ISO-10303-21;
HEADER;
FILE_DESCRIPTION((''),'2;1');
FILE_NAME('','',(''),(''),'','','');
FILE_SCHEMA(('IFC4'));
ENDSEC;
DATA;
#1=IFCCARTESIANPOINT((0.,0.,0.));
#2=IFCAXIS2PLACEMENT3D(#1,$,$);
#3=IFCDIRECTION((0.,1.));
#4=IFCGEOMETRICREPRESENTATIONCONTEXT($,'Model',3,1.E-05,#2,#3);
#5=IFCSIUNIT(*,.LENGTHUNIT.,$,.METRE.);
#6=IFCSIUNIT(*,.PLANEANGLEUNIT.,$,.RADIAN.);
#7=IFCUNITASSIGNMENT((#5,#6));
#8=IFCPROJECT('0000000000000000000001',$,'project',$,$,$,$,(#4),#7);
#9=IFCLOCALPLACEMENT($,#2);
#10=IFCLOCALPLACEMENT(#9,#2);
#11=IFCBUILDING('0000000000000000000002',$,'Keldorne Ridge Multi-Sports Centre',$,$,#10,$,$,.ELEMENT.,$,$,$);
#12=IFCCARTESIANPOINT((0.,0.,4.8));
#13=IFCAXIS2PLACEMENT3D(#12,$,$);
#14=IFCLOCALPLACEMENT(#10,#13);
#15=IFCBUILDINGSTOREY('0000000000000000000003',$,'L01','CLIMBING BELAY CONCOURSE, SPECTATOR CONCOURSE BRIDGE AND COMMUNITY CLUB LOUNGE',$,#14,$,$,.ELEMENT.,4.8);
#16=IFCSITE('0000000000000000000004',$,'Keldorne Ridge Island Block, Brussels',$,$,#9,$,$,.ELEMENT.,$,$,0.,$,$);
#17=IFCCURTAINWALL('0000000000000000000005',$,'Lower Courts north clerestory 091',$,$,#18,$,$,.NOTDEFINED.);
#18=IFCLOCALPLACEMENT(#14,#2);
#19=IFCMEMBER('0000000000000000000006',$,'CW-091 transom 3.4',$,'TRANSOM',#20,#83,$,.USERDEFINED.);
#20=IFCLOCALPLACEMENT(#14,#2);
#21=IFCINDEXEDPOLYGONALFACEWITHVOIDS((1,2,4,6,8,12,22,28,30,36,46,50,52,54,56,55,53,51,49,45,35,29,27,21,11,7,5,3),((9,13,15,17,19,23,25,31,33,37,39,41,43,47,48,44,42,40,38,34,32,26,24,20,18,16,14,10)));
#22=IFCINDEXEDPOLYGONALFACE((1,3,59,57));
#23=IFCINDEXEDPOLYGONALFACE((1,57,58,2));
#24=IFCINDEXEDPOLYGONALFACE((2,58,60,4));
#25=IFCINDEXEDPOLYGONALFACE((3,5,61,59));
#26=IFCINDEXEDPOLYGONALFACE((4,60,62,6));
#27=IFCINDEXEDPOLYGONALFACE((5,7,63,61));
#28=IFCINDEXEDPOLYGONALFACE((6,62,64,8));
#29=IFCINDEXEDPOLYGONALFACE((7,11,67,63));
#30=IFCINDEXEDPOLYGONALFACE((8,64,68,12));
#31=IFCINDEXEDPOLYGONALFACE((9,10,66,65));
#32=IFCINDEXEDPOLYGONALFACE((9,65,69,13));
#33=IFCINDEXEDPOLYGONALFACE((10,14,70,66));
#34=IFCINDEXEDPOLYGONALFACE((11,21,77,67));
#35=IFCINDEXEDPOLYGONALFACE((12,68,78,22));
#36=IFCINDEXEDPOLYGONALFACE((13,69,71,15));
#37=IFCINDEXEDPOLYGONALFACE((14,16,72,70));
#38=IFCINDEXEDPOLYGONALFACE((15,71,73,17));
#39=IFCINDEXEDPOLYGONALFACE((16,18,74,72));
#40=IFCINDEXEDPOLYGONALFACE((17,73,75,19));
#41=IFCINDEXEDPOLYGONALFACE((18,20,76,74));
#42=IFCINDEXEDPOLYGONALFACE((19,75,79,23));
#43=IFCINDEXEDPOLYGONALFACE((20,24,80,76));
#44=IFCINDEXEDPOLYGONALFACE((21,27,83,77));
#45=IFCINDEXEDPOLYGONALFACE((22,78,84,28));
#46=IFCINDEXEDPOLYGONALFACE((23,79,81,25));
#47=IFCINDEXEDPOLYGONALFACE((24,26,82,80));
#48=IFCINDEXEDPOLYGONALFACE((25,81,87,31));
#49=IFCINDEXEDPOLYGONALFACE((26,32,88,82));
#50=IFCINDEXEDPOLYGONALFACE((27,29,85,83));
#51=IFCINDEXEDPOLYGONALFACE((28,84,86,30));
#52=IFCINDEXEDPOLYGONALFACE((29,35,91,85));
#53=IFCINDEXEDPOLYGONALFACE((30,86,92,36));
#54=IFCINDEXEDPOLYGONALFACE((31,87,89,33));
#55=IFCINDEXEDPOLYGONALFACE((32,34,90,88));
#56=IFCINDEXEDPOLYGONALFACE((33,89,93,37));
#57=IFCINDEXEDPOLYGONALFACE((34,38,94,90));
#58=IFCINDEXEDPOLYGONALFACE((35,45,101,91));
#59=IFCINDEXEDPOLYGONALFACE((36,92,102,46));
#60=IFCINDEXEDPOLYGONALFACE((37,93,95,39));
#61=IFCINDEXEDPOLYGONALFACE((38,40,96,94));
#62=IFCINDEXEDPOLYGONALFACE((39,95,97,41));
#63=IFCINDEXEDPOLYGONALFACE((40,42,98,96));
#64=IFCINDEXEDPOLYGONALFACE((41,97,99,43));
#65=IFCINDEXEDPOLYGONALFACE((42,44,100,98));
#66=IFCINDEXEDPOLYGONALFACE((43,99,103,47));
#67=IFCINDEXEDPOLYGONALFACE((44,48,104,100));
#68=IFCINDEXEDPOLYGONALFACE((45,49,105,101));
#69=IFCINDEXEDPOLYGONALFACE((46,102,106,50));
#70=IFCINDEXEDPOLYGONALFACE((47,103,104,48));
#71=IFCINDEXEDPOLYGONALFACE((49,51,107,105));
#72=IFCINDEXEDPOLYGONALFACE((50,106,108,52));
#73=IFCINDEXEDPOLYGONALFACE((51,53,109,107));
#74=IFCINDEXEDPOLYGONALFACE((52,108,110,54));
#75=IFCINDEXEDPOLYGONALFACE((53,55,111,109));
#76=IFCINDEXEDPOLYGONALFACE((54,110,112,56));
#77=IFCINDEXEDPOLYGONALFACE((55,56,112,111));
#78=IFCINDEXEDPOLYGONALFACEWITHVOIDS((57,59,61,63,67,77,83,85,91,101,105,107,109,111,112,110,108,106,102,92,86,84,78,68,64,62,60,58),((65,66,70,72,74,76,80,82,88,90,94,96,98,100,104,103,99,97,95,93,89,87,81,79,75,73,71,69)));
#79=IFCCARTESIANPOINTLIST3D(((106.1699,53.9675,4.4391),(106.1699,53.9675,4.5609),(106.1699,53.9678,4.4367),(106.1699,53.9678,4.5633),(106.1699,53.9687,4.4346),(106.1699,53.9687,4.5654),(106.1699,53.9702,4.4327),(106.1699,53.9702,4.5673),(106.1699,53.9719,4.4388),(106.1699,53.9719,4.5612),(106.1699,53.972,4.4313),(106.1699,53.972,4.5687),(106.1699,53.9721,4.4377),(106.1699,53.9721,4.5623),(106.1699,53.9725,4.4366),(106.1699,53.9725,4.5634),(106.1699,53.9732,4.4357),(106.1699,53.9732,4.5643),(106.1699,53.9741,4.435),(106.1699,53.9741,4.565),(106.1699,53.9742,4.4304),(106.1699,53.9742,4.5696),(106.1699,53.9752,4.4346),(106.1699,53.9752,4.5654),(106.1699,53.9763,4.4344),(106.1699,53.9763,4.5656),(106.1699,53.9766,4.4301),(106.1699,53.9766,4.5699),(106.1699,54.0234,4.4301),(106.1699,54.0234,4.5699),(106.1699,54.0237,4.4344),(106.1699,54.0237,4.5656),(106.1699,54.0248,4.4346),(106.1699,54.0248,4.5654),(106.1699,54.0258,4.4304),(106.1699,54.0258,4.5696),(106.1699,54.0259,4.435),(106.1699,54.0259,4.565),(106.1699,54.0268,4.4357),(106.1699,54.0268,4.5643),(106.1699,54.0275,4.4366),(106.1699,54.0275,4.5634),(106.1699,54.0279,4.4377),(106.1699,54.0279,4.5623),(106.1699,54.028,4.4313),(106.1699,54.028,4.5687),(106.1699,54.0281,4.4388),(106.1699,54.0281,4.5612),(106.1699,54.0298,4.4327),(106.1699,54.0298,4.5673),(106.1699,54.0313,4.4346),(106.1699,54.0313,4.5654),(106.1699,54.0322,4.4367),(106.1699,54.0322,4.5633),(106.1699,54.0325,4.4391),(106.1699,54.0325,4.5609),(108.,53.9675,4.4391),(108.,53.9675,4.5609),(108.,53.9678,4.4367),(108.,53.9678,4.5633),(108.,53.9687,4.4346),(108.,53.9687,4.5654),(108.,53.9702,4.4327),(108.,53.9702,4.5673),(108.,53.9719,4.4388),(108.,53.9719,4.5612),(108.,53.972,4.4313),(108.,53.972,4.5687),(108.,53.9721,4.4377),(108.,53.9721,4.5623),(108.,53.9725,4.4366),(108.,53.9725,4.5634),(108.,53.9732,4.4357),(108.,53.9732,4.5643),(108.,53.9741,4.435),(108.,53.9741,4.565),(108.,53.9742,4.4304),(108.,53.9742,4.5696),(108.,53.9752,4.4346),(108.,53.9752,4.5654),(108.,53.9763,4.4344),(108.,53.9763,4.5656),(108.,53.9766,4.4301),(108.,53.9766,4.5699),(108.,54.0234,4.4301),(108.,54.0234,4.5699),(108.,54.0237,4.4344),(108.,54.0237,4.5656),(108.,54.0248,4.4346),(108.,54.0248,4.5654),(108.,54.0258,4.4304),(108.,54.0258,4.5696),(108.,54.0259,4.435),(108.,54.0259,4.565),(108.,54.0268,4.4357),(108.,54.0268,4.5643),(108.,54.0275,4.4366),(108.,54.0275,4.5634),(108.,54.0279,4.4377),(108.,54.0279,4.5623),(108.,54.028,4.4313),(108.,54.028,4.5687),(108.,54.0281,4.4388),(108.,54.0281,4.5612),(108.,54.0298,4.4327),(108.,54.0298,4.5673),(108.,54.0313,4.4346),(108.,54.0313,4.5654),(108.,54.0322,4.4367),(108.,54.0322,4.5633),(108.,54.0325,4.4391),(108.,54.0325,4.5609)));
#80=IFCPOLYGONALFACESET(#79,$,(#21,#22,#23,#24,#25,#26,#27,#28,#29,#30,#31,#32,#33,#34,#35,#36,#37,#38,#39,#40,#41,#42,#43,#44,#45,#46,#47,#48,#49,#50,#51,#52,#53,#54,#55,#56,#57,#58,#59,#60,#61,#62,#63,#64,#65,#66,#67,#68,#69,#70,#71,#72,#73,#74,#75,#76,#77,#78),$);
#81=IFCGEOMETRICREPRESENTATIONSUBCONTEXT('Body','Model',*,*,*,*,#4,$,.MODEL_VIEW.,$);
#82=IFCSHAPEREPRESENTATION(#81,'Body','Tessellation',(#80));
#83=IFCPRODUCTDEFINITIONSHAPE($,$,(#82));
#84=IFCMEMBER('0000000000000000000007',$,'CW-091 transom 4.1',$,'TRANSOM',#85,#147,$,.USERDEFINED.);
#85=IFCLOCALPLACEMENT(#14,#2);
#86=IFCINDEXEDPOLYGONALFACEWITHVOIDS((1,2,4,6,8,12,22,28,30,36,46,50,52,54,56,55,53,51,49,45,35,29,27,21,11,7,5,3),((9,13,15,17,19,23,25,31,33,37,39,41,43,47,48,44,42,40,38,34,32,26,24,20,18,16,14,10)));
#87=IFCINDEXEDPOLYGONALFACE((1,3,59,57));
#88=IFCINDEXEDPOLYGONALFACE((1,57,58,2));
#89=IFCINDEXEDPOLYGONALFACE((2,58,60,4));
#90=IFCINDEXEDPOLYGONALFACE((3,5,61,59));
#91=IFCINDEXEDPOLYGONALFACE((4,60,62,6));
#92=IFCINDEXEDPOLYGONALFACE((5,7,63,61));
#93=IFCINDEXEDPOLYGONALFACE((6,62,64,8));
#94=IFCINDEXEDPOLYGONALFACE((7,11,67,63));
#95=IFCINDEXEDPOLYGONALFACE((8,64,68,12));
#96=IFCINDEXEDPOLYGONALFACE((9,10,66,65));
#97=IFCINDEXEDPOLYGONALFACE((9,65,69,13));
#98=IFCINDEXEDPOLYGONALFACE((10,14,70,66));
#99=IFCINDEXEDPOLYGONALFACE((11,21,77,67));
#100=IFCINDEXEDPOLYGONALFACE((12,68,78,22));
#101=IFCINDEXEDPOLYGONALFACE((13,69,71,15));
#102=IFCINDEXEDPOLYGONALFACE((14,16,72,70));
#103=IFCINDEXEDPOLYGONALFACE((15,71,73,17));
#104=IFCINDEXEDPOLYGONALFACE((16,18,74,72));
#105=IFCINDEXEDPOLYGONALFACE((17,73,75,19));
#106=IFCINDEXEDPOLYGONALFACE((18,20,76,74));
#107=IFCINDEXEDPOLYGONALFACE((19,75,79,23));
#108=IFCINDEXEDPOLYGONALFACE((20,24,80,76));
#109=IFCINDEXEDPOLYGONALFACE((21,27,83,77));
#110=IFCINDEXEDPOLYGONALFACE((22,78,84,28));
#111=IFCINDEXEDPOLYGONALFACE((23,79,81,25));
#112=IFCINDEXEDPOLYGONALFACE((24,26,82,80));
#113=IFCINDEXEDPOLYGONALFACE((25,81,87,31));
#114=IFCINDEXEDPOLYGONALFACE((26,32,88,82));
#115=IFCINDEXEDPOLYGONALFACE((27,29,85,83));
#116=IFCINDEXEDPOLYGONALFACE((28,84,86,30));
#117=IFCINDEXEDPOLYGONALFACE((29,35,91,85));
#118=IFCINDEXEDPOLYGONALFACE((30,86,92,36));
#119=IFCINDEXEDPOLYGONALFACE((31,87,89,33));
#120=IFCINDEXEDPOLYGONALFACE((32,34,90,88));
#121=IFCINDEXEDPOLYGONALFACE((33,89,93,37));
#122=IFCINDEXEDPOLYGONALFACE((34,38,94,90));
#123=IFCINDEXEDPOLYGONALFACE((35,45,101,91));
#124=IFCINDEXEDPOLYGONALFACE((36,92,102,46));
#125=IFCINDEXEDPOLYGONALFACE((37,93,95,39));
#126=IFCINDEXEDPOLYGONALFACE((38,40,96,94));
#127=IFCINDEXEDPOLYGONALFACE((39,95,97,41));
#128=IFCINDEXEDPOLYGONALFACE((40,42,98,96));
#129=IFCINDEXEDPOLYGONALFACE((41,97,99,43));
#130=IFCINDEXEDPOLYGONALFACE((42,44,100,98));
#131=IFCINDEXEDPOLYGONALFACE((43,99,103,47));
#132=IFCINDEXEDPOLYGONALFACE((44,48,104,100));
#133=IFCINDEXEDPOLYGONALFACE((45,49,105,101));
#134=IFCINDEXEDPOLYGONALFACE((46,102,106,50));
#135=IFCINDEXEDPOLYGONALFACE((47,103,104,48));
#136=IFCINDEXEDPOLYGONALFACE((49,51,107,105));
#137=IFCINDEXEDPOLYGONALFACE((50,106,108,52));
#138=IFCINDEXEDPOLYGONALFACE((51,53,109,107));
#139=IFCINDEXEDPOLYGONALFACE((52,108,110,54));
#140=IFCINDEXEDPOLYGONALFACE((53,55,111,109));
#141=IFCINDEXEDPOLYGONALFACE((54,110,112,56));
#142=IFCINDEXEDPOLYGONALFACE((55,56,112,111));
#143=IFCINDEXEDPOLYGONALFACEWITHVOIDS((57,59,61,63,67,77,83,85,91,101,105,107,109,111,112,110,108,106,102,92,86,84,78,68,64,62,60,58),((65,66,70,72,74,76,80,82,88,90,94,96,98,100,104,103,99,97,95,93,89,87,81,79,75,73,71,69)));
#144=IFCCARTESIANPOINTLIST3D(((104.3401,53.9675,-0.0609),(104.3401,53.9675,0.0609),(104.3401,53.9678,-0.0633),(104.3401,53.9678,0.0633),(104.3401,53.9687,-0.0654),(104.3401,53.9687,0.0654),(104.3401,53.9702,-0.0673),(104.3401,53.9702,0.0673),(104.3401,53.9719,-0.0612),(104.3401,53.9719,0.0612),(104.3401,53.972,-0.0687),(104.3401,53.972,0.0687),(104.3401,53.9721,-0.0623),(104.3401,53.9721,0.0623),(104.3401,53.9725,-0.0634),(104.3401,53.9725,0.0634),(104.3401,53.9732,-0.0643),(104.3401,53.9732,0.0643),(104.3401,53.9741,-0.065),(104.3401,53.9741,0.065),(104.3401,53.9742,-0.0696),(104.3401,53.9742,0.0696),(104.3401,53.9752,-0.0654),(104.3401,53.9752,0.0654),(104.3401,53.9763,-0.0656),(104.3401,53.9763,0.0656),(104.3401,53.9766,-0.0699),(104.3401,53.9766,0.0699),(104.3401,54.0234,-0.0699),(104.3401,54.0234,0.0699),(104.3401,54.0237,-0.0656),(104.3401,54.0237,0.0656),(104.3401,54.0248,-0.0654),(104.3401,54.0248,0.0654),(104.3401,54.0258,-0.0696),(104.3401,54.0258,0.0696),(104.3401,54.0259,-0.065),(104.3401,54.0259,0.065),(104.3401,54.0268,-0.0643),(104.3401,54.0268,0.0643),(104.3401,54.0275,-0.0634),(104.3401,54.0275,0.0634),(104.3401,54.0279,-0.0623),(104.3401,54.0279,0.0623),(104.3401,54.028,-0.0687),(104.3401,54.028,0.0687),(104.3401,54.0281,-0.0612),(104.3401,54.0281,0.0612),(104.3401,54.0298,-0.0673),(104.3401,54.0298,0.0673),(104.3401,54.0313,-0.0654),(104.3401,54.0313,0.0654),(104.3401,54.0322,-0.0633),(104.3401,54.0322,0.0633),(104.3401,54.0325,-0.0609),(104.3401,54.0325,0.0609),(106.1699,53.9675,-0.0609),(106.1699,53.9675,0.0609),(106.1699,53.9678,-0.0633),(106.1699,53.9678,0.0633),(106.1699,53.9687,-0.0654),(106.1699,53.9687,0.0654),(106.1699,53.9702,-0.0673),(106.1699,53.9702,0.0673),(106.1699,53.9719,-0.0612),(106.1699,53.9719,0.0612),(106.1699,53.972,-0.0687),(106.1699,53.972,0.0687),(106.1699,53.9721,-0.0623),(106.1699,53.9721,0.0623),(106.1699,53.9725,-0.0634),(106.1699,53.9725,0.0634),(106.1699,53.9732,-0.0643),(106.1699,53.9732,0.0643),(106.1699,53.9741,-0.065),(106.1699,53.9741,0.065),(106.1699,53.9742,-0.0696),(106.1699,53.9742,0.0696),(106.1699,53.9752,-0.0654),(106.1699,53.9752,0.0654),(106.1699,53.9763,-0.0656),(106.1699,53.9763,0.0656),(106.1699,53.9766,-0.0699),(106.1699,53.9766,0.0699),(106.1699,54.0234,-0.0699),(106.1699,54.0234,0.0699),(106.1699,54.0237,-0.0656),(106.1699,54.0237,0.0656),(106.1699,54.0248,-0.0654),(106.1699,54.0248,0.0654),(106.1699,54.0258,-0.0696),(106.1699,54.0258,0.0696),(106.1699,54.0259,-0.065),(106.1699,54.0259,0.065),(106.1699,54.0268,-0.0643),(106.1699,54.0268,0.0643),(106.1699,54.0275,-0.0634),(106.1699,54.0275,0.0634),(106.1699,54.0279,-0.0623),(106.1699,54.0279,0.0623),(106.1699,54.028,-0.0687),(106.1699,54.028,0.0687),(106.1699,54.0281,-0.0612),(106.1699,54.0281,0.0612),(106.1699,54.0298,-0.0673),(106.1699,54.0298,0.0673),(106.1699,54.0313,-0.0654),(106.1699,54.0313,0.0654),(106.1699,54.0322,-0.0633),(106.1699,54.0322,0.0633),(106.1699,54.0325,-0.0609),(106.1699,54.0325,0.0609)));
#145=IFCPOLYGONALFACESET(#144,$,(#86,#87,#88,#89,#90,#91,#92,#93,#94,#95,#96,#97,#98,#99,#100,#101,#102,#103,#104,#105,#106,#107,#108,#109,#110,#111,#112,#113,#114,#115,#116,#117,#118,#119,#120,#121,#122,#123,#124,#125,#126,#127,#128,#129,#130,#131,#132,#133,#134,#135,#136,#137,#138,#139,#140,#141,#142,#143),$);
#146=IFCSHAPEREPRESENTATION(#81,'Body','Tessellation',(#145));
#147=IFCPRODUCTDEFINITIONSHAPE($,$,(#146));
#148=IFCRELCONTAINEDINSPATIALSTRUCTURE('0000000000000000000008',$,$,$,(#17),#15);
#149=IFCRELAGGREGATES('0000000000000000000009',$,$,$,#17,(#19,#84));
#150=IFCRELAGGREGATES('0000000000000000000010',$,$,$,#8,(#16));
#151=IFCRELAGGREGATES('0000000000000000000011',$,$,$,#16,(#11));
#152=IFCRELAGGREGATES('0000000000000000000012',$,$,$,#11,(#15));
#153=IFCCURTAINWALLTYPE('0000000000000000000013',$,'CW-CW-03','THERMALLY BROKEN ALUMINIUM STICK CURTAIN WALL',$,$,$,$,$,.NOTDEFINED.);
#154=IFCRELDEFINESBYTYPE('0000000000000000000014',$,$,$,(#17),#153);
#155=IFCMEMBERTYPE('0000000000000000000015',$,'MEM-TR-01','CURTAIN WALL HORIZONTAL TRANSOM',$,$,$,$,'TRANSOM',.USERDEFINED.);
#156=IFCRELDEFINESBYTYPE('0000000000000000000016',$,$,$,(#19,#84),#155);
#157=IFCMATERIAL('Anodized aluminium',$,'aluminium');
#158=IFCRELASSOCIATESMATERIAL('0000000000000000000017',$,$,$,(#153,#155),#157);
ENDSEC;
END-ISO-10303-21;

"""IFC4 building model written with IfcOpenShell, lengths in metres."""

from ifc_helpers import new_model, si_unit, direction, frame, origin, origin_2d, place, context, subcontext, project, spatial, hollow_rectangle, extrude, material, material_profile, profile_set, type_object, element, aggregate, save


model = new_model("IFC4")

# Units and contexts
model_context = context("Model", 3, precision=1e-05, world=origin(), true_north=direction((0.0, 1.0)))
body_context = subcontext(model_context, "Body", "Model", "MODEL_VIEW")
ifc_project = project(units=[si_unit("LENGTHUNIT", "METRE"), si_unit("PLANEANGLEUNIT", "RADIAN")], contexts=[model_context])

# Site, building, storey
site_placement = place(None, origin())
site = spatial("IfcSite", under=ifc_project, at=site_placement, Name="Keldorne Ridge Island Block, Brussels", CompositionType="ELEMENT", RefElevation=0.0)
building_placement = place(site_placement, origin())
building = spatial("IfcBuilding", under=site, at=building_placement, Name="Keldorne Ridge Multi-Sports Centre", CompositionType="ELEMENT")
storey_placement = place(building_placement, frame((0.0, 0.0, 4.8)))
storey = spatial("IfcBuildingStorey", under=building, at=storey_placement, Name="L01", Description="CLIMBING BELAY CONCOURSE, SPECTATOR CONCOURSE BRIDGE AND COMMUNITY CLUB LOUNGE", CompositionType="ELEMENT", Elevation=4.8)

# Curtain wall, members
ifc_material_1 = material(Name="Anodized aluminium", Category="aluminium")
curtain_wall_type = type_object("IfcCurtainWallType", Name="CW-CW-03", Description="THERMALLY BROKEN ALUMINIUM STICK CURTAIN WALL", PredefinedType="NOTDEFINED", material=ifc_material_1)
curtain_wall_placement = place(storey_placement, origin())
curtain_wall = element("IfcCurtainWall", 1, at=curtain_wall_placement, inside=storey, type_object=curtain_wall_type, Name="Lower Courts north clerestory 091", PredefinedType="NOTDEFINED")
ifc_material_profile_1 = material_profile(ifc_material_1, hollow_rectangle(XDim=0.0649, YDim=0.1399, WallThickness=0.0044, InnerFilletRadius=0.0044, OuterFilletRadius=0.009, at=origin_2d()), Name="ALU TRANSOM 140x65x4.5")
ifc_profile_set_1 = profile_set([ifc_material_profile_1], Name="Anodized aluminium")
member_type_1 = type_object("IfcMemberType", Name="MEM-TR-01", Description="CURTAIN WALL HORIZONTAL TRANSOM", ElementType="TRANSOM", PredefinedType="USERDEFINED", material=ifc_profile_set_1)
member_1_placement = place(storey_placement, frame((108.0, 54.0, 4.5), z_axis=(-1.0, 0.0, 0.0), x_axis=(0.0, -1.0, 0.0)))
member_1 = element("IfcMember", 2, at=member_1_placement, type_object=member_type_1, Name="CW-091 transom 3.4", ObjectType="TRANSOM", PredefinedType="USERDEFINED", context=body_context, shape_type="SweptSolid", body=[
    extrude(hollow_rectangle(XDim=0.0649, YDim=0.1399, WallThickness=0.0044, InnerFilletRadius=0.0044, OuterFilletRadius=0.009, at=origin_2d()), origin(), (0.0, 0.0, 1.0), 1.8301),
])
member_2_placement = place(storey_placement, frame((106.1699, 54.0, 0.0), z_axis=(-1.0, 0.0, 0.0), x_axis=(0.0, -1.0, 0.0)))
member_2 = element("IfcMember", 3, at=member_2_placement, type_object=member_type_1, Name="CW-091 transom 4.1", ObjectType="TRANSOM", PredefinedType="USERDEFINED", context=body_context, shape_type="SweptSolid", body=[
    extrude(hollow_rectangle(XDim=0.0649, YDim=0.1399, WallThickness=0.0044, InnerFilletRadius=0.0044, OuterFilletRadius=0.009, at=origin_2d()), origin(), (0.0, 0.0, 1.0), 1.8298),
])
aggregate(curtain_wall, [member_1, member_2])

save(model, "model.ifc")
